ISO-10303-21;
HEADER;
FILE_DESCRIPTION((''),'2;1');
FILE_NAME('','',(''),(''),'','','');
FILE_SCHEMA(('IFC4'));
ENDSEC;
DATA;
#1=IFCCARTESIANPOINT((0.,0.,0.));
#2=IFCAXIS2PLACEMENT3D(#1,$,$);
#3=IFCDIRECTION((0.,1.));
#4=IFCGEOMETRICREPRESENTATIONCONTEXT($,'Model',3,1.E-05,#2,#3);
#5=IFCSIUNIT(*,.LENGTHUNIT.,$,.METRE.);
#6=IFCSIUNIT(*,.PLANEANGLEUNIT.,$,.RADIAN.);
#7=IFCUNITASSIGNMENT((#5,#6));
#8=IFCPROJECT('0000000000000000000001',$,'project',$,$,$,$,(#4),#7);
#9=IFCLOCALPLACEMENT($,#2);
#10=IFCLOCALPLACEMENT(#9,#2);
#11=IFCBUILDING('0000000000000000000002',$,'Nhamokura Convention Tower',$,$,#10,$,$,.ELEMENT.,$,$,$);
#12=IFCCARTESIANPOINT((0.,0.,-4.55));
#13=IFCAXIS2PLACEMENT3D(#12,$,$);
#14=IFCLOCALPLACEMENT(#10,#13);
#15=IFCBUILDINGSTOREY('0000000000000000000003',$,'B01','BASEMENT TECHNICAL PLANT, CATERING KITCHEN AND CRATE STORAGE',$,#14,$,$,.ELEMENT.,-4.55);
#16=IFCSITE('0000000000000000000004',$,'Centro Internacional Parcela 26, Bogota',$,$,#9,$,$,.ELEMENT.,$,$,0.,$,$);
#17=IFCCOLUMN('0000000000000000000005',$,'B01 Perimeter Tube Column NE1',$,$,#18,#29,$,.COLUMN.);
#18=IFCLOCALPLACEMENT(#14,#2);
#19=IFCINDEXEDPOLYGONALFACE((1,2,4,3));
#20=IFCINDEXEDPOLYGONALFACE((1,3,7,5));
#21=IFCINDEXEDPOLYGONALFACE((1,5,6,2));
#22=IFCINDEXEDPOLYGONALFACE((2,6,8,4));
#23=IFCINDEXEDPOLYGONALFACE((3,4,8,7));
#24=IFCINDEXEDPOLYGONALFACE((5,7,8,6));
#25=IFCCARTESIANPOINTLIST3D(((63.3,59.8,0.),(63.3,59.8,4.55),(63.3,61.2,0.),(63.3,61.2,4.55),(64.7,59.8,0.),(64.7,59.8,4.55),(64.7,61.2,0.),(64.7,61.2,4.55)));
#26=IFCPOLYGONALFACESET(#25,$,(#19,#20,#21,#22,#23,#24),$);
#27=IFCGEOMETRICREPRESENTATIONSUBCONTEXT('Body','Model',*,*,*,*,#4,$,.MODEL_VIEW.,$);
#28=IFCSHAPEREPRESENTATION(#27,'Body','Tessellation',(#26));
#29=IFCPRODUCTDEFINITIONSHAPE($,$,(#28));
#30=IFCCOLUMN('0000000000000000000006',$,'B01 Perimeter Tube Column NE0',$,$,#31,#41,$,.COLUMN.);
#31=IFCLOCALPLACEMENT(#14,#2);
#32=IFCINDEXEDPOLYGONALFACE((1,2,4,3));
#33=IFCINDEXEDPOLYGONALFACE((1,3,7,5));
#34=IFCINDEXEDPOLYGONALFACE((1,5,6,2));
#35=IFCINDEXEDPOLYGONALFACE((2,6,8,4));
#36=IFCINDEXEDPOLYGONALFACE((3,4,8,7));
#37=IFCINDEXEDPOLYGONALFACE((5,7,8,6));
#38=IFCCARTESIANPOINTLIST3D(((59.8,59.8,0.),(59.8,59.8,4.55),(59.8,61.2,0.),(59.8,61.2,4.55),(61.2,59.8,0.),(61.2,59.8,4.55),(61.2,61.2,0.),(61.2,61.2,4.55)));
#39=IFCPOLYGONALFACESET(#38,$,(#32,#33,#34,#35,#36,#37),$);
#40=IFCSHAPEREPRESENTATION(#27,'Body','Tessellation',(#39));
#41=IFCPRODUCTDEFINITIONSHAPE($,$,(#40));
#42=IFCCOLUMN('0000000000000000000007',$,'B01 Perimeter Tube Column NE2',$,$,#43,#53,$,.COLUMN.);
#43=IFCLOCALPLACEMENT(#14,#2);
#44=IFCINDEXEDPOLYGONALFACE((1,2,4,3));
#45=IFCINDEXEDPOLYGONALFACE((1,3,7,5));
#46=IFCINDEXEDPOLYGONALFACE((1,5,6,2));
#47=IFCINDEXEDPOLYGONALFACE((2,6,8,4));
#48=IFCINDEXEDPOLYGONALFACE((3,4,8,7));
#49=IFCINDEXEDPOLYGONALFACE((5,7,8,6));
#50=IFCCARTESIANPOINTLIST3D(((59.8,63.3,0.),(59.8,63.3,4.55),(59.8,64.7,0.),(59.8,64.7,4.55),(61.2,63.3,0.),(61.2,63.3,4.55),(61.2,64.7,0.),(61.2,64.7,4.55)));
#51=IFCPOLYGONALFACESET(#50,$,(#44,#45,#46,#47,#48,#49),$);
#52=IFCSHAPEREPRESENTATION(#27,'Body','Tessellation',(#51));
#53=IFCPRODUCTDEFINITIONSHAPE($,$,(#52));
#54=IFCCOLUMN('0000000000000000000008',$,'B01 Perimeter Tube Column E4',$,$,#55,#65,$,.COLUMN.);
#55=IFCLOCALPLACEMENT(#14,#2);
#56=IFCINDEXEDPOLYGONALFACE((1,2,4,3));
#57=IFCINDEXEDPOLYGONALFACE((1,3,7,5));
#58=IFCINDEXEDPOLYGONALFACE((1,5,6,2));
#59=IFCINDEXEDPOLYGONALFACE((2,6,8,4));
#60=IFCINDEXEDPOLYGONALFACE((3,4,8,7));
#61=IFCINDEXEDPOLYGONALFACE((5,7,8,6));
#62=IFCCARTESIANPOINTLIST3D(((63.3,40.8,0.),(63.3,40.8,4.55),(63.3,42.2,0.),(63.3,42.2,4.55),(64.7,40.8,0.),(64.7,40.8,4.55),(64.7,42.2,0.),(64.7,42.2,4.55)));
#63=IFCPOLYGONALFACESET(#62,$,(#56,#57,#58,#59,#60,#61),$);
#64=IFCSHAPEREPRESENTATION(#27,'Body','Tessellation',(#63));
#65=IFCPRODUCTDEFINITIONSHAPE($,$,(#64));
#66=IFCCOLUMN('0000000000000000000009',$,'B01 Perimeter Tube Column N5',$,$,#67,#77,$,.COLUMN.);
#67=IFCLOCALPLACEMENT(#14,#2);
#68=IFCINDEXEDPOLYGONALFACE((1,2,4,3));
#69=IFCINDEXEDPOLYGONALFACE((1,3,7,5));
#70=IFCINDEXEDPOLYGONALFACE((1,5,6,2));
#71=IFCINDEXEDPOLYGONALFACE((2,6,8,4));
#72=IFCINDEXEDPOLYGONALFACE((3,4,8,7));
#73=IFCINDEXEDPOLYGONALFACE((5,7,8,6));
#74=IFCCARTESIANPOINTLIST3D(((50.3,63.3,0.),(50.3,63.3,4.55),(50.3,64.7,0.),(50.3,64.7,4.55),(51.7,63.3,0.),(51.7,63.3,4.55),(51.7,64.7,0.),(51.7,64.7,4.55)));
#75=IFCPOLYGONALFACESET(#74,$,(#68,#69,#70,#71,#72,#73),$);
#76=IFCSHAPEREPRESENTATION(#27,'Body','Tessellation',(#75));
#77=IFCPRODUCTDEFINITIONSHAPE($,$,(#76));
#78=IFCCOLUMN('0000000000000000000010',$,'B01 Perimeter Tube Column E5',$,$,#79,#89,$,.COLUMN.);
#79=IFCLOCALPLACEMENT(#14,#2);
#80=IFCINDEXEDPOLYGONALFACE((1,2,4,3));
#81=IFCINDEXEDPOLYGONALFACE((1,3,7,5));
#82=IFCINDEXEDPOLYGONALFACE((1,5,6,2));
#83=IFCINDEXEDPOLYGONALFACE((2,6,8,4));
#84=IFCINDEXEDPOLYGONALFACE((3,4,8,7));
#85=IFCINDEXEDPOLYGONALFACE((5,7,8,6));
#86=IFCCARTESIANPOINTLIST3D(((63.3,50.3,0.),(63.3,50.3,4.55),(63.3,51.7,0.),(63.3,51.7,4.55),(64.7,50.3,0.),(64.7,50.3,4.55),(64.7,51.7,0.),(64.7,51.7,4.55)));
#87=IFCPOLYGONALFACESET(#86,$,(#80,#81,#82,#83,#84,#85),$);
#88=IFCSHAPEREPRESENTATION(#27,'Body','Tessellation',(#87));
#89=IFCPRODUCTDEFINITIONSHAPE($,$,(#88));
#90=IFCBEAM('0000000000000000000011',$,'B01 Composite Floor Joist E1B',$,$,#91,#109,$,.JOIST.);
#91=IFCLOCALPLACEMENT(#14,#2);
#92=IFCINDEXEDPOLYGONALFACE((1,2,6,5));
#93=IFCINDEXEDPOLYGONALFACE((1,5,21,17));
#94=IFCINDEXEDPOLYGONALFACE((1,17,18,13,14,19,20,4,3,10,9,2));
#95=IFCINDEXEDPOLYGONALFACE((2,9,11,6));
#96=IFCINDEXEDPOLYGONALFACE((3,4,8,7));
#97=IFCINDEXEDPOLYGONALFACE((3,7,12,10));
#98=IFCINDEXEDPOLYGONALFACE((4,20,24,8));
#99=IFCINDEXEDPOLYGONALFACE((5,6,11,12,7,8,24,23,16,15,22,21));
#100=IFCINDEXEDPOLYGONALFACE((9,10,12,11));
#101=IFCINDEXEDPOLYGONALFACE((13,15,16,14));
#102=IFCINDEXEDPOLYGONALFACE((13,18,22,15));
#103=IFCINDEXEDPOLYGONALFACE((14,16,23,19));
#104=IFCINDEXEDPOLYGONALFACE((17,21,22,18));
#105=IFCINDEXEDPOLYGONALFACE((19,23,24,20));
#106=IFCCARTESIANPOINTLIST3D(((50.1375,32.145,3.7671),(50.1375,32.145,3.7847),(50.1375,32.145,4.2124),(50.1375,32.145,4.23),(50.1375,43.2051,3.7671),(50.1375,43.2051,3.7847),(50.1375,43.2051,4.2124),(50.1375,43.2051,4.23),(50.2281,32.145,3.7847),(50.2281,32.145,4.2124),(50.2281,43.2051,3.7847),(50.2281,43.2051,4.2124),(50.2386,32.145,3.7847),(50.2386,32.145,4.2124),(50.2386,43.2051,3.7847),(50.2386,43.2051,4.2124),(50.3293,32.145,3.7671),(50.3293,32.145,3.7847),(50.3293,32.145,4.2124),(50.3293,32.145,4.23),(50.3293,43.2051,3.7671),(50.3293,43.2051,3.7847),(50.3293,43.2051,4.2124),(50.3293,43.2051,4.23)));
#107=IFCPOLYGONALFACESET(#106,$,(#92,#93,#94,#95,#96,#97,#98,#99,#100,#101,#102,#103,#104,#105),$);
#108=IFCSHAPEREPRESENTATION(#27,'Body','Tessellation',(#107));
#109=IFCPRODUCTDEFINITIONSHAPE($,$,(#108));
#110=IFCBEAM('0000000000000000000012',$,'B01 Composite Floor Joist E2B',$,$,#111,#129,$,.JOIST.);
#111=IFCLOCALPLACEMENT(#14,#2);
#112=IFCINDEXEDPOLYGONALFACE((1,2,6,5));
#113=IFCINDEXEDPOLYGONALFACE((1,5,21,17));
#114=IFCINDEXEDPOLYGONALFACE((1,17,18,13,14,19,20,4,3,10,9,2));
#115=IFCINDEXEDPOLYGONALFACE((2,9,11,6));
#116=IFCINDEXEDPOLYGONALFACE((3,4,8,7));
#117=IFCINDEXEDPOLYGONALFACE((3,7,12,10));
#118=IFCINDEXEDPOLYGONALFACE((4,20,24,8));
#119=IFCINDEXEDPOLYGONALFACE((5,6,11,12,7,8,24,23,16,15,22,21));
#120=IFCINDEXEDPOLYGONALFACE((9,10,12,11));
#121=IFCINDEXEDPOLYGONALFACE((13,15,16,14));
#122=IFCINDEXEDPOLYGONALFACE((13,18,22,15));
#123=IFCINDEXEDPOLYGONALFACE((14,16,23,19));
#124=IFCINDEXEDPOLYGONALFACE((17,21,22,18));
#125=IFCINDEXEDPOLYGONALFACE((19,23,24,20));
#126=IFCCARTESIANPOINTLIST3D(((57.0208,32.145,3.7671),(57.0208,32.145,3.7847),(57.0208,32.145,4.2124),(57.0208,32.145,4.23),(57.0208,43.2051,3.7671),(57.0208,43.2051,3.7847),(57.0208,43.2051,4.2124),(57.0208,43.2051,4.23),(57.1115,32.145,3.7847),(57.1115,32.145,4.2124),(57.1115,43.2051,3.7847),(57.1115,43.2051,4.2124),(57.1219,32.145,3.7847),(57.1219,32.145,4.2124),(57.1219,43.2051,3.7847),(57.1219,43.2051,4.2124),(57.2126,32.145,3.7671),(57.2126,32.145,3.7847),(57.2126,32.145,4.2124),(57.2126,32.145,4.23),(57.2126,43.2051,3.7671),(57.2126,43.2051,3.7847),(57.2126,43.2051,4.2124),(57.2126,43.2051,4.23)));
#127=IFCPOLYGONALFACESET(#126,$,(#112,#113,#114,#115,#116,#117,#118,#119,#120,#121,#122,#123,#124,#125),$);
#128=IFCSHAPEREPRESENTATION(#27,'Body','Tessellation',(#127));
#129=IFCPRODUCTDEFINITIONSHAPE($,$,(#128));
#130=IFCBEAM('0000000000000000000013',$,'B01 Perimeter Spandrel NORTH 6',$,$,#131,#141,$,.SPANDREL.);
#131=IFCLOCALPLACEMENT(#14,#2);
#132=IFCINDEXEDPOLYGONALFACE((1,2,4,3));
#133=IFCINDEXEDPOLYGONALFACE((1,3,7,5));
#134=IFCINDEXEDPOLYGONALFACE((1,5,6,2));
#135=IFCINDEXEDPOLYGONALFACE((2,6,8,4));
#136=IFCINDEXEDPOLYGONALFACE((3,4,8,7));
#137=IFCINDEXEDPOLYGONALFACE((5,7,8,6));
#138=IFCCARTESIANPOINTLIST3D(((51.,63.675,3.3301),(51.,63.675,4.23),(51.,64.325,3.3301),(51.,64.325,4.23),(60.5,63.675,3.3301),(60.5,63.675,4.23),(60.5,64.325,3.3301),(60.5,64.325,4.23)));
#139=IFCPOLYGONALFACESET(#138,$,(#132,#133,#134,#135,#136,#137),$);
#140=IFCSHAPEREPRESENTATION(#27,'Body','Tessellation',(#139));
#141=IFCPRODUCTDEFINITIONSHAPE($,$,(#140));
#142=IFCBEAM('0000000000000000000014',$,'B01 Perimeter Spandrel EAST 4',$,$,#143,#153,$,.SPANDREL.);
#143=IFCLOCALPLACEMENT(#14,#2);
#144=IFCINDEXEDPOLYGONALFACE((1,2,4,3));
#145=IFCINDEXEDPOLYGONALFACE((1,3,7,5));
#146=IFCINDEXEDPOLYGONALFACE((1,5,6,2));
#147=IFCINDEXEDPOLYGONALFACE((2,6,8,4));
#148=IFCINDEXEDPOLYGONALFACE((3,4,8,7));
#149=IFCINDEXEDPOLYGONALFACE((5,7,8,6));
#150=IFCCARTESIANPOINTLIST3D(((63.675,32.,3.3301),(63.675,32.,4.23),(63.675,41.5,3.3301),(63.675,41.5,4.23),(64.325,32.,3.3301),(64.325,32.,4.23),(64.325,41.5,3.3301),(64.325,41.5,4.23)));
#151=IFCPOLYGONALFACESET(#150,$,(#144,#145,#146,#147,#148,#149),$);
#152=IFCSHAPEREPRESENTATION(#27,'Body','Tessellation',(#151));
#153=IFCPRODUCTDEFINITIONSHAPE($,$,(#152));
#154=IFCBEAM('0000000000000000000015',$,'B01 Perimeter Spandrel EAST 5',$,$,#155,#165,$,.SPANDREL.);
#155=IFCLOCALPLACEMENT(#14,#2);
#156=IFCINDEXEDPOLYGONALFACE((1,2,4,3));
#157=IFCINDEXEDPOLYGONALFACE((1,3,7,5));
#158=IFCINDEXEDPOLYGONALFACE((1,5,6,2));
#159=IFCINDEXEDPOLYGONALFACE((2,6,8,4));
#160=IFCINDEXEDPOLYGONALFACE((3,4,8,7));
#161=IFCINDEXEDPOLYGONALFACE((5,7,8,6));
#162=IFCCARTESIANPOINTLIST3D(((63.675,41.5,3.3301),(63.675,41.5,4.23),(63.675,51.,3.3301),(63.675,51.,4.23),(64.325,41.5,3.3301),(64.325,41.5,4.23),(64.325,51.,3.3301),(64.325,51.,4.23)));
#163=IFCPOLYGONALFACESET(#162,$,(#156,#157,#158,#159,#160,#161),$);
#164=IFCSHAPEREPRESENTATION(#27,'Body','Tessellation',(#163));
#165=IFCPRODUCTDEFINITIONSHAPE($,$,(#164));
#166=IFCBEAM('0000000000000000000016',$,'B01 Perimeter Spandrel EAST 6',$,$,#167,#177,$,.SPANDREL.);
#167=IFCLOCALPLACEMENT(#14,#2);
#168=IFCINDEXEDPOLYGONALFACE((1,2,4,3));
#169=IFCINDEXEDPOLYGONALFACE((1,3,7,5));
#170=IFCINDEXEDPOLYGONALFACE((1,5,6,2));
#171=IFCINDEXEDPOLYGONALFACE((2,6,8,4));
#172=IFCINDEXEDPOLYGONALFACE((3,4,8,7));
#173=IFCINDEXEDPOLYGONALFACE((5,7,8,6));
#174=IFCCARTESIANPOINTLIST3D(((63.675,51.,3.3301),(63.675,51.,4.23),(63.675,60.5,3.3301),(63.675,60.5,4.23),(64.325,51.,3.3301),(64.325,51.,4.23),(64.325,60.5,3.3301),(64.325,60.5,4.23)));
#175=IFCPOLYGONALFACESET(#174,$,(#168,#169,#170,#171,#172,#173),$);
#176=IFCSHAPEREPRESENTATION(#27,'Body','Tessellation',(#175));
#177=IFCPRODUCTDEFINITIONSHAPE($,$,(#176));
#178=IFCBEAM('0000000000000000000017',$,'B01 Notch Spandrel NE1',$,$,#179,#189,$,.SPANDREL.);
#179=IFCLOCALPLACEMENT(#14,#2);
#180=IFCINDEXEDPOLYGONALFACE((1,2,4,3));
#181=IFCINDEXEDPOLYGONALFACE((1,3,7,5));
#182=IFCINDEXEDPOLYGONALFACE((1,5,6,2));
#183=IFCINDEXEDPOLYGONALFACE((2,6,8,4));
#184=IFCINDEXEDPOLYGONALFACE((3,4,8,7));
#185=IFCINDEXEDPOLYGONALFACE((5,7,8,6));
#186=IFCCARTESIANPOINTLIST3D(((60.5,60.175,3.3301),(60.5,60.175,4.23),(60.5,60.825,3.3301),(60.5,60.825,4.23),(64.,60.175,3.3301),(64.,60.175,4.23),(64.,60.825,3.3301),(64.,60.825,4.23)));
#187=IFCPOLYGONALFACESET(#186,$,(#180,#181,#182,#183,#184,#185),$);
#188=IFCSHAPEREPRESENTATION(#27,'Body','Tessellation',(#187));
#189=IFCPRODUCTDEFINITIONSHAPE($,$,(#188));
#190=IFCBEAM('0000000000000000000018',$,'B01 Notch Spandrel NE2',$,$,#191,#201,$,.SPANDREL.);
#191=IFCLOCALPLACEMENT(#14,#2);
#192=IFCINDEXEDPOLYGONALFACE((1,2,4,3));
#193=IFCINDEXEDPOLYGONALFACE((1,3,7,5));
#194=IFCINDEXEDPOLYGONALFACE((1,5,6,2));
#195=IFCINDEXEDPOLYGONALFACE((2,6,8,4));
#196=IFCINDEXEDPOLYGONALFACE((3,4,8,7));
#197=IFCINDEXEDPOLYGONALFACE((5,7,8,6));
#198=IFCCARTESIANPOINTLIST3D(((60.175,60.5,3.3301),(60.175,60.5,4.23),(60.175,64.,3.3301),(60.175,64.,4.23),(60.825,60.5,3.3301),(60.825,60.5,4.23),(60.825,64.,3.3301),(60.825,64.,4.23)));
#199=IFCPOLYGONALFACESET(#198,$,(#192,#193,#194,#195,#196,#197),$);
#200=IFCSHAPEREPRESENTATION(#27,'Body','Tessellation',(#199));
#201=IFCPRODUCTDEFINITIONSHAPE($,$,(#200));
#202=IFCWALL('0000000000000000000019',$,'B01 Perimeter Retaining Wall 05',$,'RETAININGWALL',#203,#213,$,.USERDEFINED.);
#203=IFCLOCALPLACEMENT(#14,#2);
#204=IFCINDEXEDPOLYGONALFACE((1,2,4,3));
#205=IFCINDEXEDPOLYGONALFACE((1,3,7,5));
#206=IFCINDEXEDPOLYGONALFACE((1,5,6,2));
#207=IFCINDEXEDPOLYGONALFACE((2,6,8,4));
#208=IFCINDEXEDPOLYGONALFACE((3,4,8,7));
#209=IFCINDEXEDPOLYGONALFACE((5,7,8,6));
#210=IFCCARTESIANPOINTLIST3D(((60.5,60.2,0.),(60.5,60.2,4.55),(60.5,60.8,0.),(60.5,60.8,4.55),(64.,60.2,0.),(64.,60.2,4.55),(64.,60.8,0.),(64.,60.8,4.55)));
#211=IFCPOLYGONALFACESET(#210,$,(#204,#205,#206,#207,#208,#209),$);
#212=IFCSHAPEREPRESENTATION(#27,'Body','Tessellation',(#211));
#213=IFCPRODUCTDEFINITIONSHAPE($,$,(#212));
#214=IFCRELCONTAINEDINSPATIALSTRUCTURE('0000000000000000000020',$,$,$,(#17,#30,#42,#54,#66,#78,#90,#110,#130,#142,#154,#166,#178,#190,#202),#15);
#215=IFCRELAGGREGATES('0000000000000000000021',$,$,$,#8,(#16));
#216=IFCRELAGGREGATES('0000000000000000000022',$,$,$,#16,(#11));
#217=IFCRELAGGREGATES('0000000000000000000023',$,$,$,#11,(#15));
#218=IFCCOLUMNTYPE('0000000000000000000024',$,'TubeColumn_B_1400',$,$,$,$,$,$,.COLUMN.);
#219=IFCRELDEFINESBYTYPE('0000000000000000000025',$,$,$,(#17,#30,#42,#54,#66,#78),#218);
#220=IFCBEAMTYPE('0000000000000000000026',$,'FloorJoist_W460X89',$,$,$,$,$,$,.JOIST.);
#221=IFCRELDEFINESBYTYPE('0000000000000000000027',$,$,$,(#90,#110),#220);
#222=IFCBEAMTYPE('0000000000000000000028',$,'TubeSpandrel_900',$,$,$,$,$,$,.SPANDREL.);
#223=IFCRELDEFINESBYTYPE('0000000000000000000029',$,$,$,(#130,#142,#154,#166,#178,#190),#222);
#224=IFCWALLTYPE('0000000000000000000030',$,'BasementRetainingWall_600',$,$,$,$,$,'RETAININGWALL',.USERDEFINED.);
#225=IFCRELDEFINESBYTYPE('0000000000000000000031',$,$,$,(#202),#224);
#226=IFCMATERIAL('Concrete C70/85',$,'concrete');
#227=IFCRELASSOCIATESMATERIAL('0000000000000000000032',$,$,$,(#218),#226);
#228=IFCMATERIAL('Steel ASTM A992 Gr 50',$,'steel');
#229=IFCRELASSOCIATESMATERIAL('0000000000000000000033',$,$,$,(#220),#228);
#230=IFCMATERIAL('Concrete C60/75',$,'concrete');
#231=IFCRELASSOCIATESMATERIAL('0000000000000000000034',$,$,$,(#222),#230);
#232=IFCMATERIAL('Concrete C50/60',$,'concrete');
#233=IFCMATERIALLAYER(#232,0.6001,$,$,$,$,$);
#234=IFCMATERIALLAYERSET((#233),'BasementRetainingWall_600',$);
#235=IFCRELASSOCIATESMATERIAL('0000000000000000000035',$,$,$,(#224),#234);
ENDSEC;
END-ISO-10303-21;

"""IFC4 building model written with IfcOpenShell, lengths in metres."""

from ifc_helpers import new_model, si_unit, direction, frame, frame_2d, origin, origin_2d, place, context, subcontext, project, spatial, rectangle, i_section, extrude, material, layer, layer_set, material_profile, profile_set, type_object, element, save


model = new_model("IFC4")

# Units and contexts
model_context = context("Model", 3, precision=1e-05, world=origin(), true_north=direction((0.0, 1.0)))
body_context = subcontext(model_context, "Body", "Model", "MODEL_VIEW")
ifc_project = project(units=[si_unit("LENGTHUNIT", "METRE"), si_unit("PLANEANGLEUNIT", "RADIAN")], contexts=[model_context])

# Site, building, storey
site_placement = place(None, origin())
site = spatial("IfcSite", under=ifc_project, at=site_placement, Name="Centro Internacional Parcela 26, Bogota", CompositionType="ELEMENT", RefElevation=0.0)
building_placement = place(site_placement, origin())
building = spatial("IfcBuilding", under=site, at=building_placement, Name="Nhamokura Convention Tower", CompositionType="ELEMENT")
storey_placement = place(building_placement, frame((0.0, 0.0, -4.55)))
storey = spatial("IfcBuildingStorey", under=building, at=storey_placement, Name="B01", Description="BASEMENT TECHNICAL PLANT, CATERING KITCHEN AND CRATE STORAGE", CompositionType="ELEMENT", Elevation=-4.55)

# Columns
ifc_material_1 = material(Name="Concrete C70/85", Category="concrete")
ifc_material_profile_1 = material_profile(ifc_material_1, rectangle(XDim=1.3999, YDim=1.3999, at=origin_2d()))
ifc_profile_set_1 = profile_set([ifc_material_profile_1], Name="Concrete C70/85")
column_type = type_object("IfcColumnType", Name="TubeColumn_B_1400", PredefinedType="COLUMN", material=ifc_profile_set_1)
for number, where, z_axis, x_axis, name in (
    (1, (64.0, 60.5, 0.0), (0.0, 0.0, 1.0), (1.0, 0.0, 0.0), "B01 Perimeter Tube Column NE1"),
    (2, (60.5, 60.5, 0.0), (0.0, 0.0, 1.0), (1.0, 0.0, 0.0), "B01 Perimeter Tube Column NE0"),
    (3, (60.5, 64.0, 0.0), (0.0, 0.0, 1.0), (1.0, 0.0, 0.0), "B01 Perimeter Tube Column NE2"),
    (4, (64.0, 41.5, 0.0), (0.0, 0.0, 1.0), (1.0, 0.0, 0.0), "B01 Perimeter Tube Column E4"),
    (5, (51.0, 64.0, 0.0), (0.0, 0.0, 1.0), (1.0, 0.0, 0.0), "B01 Perimeter Tube Column N5"),
    (6, (64.0, 51.0, 0.0), (0.0, 0.0, 1.0), (1.0, 0.0, 0.0), "B01 Perimeter Tube Column E5"),
):
    element("IfcColumn", number, at=place(storey_placement, frame(where, z_axis=z_axis, x_axis=x_axis)), inside=storey, type_object=column_type, Name=name, PredefinedType="COLUMN", context=body_context, shape_type="SweptSolid", body=[
        extrude(rectangle(XDim=1.3999, YDim=1.3999, at=origin_2d()), origin(), (0.0, 0.0, 1.0), 4.55),
    ])

# Beams
ifc_material_2 = material(Name="Steel ASTM A992 Gr 50", Category="steel")
ifc_material_profile_2 = material_profile(ifc_material_2, i_section(OverallWidth=0.1919, OverallDepth=0.4629, WebThickness=0.0105, FlangeThickness=0.0176, at=origin_2d()))
ifc_profile_set_2 = profile_set([ifc_material_profile_2], Name="Steel ASTM A992 Gr 50")
beam_type_1 = type_object("IfcBeamType", Name="FloorJoist_W460X89", PredefinedType="JOIST", material=ifc_profile_set_2)
for number, where, z_axis, x_axis, name in (
    (7, (50.2334, 32.145, 3.9985), (0.0, 1.0, 0.0), (-1.0, 0.0, 0.0), "B01 Composite Floor Joist E1B"),
    (8, (57.1167, 32.145, 3.9985), (0.0, 1.0, 0.0), (-1.0, 0.0, 0.0), "B01 Composite Floor Joist E2B"),
):
    element("IfcBeam", number, at=place(storey_placement, frame(where, z_axis=z_axis, x_axis=x_axis)), inside=storey, type_object=beam_type_1, Name=name, PredefinedType="JOIST", context=body_context, shape_type="SweptSolid", body=[
        extrude(i_section(OverallWidth=0.1919, OverallDepth=0.4629, WebThickness=0.0105, FlangeThickness=0.0176, at=origin_2d()), origin(), (0.0, 0.0, 1.0), 11.0601),
    ])
ifc_material_3 = material(Name="Concrete C60/75", Category="concrete")
ifc_material_profile_3 = material_profile(ifc_material_3, rectangle(XDim=0.6499, YDim=0.8999, at=origin_2d()))
ifc_profile_set_3 = profile_set([ifc_material_profile_3], Name="Concrete C60/75")
beam_type_2 = type_object("IfcBeamType", Name="TubeSpandrel_900", PredefinedType="SPANDREL", material=ifc_profile_set_3)
for number, where, z_axis, x_axis, name in (
    (9, (51.0, 64.0, 3.78), (1.0, 0.0, 0.0), (0.0, 1.0, 0.0), "B01 Perimeter Spandrel NORTH 6"),
    (10, (64.0, 32.0, 3.78), (0.0, 1.0, 0.0), (-1.0, 0.0, 0.0), "B01 Perimeter Spandrel EAST 4"),
    (11, (64.0, 41.5, 3.78), (0.0, 1.0, 0.0), (-1.0, 0.0, 0.0), "B01 Perimeter Spandrel EAST 5"),
    (12, (64.0, 51.0, 3.78), (0.0, 1.0, 0.0), (-1.0, 0.0, 0.0), "B01 Perimeter Spandrel EAST 6"),
):
    element("IfcBeam", number, at=place(storey_placement, frame(where, z_axis=z_axis, x_axis=x_axis)), inside=storey, type_object=beam_type_2, Name=name, PredefinedType="SPANDREL", context=body_context, shape_type="SweptSolid", body=[
        extrude(rectangle(XDim=0.6499, YDim=0.8999, at=origin_2d()), origin(), (0.0, 0.0, 1.0), 9.5),
    ])
for number, where, z_axis, x_axis, name in (
    (13, (64.0, 60.5, 3.78), (-1.0, 0.0, 0.0), (0.0, -1.0, 0.0), "B01 Notch Spandrel NE1"),
    (14, (60.5, 60.5, 3.78), (0.0, 1.0, 0.0), (-1.0, 0.0, 0.0), "B01 Notch Spandrel NE2"),
):
    element("IfcBeam", number, at=place(storey_placement, frame(where, z_axis=z_axis, x_axis=x_axis)), inside=storey, type_object=beam_type_2, Name=name, PredefinedType="SPANDREL", context=body_context, shape_type="SweptSolid", body=[
        extrude(rectangle(XDim=0.6499, YDim=0.8999, at=origin_2d()), origin(), (0.0, 0.0, 1.0), 3.5),
    ])

# Wall
ifc_material_4 = material(Name="Concrete C50/60", Category="concrete")
ifc_layer_1 = layer(ifc_material_4, 0.6001)
ifc_layer_set_1 = layer_set([ifc_layer_1], Name="BasementRetainingWall_600")
wall_type_1 = type_object("IfcWallType", Name="BasementRetainingWall_600", ElementType="RETAININGWALL", PredefinedType="USERDEFINED", material=ifc_layer_set_1)
for number, where, z_axis, x_axis, name in (
    (15, (64.0, 60.5, 0.0), (0.0, 0.0, 1.0), (-1.0, 0.0, 0.0), "B01 Perimeter Retaining Wall 05"),
):
    element("IfcWall", number, at=place(storey_placement, frame(where, z_axis=z_axis, x_axis=x_axis)), inside=storey, type_object=wall_type_1, Name=name, ObjectType="RETAININGWALL", PredefinedType="USERDEFINED", context=body_context, shape_type="SweptSolid", body=[
        extrude(rectangle(XDim=3.5, YDim=0.6001, at=frame_2d((1.75, 0.0))), origin(), (0.0, 0.0, 1.0), 4.55),
    ])

save(model, "model.ifc")
